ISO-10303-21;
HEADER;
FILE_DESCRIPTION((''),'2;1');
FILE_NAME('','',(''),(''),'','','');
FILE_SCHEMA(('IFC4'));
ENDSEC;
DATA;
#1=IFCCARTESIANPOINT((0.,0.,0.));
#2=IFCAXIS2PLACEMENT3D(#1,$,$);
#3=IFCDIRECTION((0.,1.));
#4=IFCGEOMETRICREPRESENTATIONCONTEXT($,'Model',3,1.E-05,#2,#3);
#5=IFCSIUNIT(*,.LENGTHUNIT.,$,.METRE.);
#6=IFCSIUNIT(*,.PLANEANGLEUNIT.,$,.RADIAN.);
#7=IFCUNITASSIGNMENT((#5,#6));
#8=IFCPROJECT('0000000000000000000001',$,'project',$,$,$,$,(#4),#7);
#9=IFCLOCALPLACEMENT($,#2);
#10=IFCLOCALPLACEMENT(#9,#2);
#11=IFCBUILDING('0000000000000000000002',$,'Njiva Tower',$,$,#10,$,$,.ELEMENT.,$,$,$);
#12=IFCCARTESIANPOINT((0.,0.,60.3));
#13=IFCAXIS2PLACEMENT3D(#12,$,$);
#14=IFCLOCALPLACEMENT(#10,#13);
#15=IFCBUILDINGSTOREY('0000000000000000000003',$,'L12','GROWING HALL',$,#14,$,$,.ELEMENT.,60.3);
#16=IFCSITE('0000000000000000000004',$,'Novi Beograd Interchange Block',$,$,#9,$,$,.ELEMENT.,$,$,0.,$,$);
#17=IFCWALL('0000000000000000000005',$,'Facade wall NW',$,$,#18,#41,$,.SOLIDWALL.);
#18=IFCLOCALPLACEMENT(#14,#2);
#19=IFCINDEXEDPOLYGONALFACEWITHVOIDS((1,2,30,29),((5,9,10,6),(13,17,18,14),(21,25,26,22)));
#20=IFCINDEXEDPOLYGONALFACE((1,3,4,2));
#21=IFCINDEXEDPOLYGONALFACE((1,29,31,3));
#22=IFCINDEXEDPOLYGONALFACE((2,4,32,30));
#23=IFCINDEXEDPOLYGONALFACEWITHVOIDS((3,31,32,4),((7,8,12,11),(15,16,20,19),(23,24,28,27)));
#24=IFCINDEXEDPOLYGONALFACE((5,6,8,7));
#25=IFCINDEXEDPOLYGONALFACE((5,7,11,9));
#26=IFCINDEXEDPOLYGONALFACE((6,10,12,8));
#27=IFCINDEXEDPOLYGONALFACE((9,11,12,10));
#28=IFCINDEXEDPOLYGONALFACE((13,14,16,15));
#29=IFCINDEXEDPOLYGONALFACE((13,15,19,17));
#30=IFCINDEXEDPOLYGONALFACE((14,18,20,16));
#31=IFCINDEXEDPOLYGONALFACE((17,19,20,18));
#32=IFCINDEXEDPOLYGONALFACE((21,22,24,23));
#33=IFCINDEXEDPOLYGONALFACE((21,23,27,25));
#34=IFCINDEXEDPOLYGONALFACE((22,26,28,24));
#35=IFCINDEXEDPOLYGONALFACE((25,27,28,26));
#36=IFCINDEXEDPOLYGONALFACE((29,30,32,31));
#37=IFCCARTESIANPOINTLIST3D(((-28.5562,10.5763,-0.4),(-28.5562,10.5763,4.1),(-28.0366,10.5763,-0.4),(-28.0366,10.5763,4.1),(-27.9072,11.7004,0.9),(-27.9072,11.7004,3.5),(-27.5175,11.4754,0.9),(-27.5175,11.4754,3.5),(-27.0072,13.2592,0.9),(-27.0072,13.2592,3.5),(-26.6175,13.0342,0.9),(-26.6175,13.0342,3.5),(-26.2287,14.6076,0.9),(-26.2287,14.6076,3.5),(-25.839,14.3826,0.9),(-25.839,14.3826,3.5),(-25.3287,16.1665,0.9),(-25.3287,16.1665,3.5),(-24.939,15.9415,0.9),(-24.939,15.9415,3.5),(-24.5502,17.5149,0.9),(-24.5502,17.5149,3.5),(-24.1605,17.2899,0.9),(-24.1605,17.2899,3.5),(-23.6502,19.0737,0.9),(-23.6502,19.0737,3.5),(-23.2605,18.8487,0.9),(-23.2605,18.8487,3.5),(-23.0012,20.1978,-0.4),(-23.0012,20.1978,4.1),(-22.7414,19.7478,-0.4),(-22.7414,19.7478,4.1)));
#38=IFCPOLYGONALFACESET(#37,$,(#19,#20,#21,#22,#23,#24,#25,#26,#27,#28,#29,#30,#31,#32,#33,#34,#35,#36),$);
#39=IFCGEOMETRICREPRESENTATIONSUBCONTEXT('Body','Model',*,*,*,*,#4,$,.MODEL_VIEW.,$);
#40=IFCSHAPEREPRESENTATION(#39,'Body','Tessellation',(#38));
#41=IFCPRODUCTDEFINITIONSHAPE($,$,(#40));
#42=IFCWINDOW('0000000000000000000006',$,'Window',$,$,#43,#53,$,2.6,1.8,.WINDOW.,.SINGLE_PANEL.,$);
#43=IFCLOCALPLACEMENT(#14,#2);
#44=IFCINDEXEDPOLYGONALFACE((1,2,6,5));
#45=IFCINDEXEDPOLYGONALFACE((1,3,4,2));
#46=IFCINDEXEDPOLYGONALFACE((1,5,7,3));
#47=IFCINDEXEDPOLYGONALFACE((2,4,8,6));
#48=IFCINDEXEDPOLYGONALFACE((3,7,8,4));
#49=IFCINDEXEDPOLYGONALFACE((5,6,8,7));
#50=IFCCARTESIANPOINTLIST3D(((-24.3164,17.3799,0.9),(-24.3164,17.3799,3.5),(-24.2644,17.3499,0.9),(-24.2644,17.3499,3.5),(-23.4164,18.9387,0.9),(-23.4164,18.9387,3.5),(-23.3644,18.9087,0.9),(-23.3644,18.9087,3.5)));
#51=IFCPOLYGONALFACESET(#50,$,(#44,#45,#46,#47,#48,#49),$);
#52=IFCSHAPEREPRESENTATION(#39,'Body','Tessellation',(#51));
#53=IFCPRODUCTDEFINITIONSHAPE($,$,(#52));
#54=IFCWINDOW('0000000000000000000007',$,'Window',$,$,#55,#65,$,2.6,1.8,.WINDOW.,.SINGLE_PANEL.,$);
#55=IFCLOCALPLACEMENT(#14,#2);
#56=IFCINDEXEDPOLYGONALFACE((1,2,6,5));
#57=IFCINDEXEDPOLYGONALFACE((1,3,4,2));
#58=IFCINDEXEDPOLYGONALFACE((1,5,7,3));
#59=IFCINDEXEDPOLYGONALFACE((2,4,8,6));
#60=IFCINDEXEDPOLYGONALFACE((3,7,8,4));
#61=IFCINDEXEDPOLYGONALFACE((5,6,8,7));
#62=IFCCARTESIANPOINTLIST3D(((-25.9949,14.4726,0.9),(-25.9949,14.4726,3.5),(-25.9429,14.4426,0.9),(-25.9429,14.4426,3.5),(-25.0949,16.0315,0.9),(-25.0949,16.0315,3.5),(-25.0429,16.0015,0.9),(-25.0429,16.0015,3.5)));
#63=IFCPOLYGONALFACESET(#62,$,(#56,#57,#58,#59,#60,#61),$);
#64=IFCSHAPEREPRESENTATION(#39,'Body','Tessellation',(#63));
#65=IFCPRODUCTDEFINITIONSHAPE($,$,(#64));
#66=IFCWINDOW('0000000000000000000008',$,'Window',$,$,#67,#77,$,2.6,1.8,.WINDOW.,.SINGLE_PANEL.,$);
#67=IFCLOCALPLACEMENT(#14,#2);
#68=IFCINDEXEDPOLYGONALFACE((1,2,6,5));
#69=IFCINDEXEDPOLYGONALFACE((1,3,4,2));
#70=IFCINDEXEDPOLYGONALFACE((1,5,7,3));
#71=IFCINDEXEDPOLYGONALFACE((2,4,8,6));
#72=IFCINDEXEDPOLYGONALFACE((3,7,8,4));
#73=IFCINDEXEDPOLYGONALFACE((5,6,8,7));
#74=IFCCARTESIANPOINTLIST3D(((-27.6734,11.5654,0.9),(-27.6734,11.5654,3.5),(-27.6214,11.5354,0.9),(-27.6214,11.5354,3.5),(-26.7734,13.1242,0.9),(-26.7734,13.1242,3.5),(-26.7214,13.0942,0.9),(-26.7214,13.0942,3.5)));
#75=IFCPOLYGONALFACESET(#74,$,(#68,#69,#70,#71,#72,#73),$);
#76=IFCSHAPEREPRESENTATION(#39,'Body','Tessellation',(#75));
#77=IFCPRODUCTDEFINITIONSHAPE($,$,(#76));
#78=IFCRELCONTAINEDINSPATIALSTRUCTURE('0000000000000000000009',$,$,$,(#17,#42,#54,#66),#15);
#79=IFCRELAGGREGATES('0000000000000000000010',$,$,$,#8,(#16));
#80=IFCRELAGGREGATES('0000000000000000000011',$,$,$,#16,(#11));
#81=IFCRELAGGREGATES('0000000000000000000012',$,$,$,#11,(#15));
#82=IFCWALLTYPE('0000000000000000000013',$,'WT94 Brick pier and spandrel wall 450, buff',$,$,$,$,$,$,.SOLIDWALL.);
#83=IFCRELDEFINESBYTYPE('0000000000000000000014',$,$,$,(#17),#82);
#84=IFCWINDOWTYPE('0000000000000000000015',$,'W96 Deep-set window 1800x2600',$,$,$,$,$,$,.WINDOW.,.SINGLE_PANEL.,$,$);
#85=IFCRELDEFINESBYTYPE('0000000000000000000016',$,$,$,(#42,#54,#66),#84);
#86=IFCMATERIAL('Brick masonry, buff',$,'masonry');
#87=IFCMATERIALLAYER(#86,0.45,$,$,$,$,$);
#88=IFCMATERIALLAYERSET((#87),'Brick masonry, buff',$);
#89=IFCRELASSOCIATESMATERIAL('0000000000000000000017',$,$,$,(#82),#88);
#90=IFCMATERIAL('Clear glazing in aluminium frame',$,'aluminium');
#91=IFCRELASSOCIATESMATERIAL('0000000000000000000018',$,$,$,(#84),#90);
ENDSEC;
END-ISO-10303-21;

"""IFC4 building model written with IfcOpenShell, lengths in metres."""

from ifc_helpers import new_model, si_unit, direction, frame, frame_2d, origin, place, context, subcontext, project, spatial, polyline, rectangle, outline, extrude, material, layer, layer_set, type_object, element, fill, save


model = new_model("IFC4")

# Units and contexts
model_context = context("Model", 3, precision=1e-05, world=origin(), true_north=direction((0.0, 1.0)))
body_context = subcontext(model_context, "Body", "Model", "MODEL_VIEW")
ifc_project = project(units=[si_unit("LENGTHUNIT", "METRE"), si_unit("PLANEANGLEUNIT", "RADIAN")], contexts=[model_context])

# Site, building, storey
site_placement = place(None, origin())
site = spatial("IfcSite", under=ifc_project, at=site_placement, Name="Novi Beograd Interchange Block", CompositionType="ELEMENT", RefElevation=0.0)
building_placement = place(site_placement, origin())
building = spatial("IfcBuilding", under=site, at=building_placement, Name="Njiva Tower", CompositionType="ELEMENT")
storey_placement = place(building_placement, frame((0.0, 0.0, 60.3)))
storey = spatial("IfcBuildingStorey", under=building, at=storey_placement, Name="L12", Description="GROWING HALL", CompositionType="ELEMENT", Elevation=60.3)

# Wall, openings, windows
ifc_material_1 = material(Name="Brick masonry, buff", Category="masonry")
ifc_layer_1 = layer(ifc_material_1, 0.45)
ifc_layer_set_1 = layer_set([ifc_layer_1], Name="Brick masonry, buff")
wall_type_1 = type_object("IfcWallType", Name="WT94 Brick pier and spandrel wall 450, buff", PredefinedType="SOLIDWALL", material=ifc_layer_set_1)
wall_1_placement = place(storey_placement, frame((-22.8713, 19.9728, -0.4), z_axis=(0.0, 0.0, 1.0), x_axis=(-0.500002, -0.866024, 0.0)))
wall_1 = element("IfcWall", 1, at=wall_1_placement, inside=storey, type_object=wall_type_1, Name="Facade wall NW", PredefinedType="SOLIDWALL", context=body_context, shape_type="SweptSolid", body=[
    extrude(outline(polyline([(-0.1299, -0.225), (10.9801, -0.225), (10.7203, 0.225), (0.1299, 0.225), (-0.1299, -0.225)])), origin(), (0.0, 0.0, 1.0), 4.5),
])
opening_1_placement = place(wall_1_placement, frame((1.1681, 0.0, 1.3)))
opening_1 = element("IfcOpeningElement", 2, at=opening_1_placement, cuts=wall_1, PredefinedType="OPENING", context=body_context, shape_type="SweptSolid", body=[
    extrude(rectangle(XDim=1.8, YDim=2.6, at=frame_2d((0.9, 1.3))), frame((0.0, 0.235, 0.0), z_axis=(0.0, -1.0, 0.0), x_axis=(1.0, 0.0, 0.0)), (0.0, 0.0, 1.0), 0.47),
])
opening_2_placement = place(wall_1_placement, frame((4.5251, 0.0, 1.3)))
opening_2 = element("IfcOpeningElement", 3, at=opening_2_placement, cuts=wall_1, PredefinedType="OPENING", context=body_context, shape_type="SweptSolid", body=[
    extrude(rectangle(XDim=1.8, YDim=2.6, at=frame_2d((0.9, 1.3))), frame((0.0, 0.235, 0.0), z_axis=(0.0, -1.0, 0.0), x_axis=(1.0, 0.0, 0.0)), (0.0, 0.0, 1.0), 0.47),
])
opening_3_placement = place(wall_1_placement, frame((7.8821, 0.0, 1.3)))
opening_3 = element("IfcOpeningElement", 4, at=opening_3_placement, cuts=wall_1, PredefinedType="OPENING", context=body_context, shape_type="SweptSolid", body=[
    extrude(rectangle(XDim=1.8, YDim=2.6, at=frame_2d((0.9, 1.3))), frame((0.0, 0.235, 0.0), z_axis=(0.0, -1.0, 0.0), x_axis=(1.0, 0.0, 0.0)), (0.0, 0.0, 1.0), 0.47),
])
ifc_material_2 = material(Name="Clear glazing in aluminium frame", Category="aluminium")
window_type = type_object("IfcWindowType", Name="W96 Deep-set window 1800x2600", PartitioningType="SINGLE_PANEL", PredefinedType="WINDOW", material=ifc_material_2)
window_1_placement = place(opening_1_placement, origin())
window_1 = element("IfcWindow", 5, at=window_1_placement, inside=storey, type_object=window_type, Name="Window", OverallHeight=2.6, OverallWidth=1.8, PartitioningType="SINGLE_PANEL", PredefinedType="WINDOW", context=body_context, shape_type="SweptSolid", body=[
    extrude(rectangle(XDim=1.8, YDim=2.6, at=frame_2d((0.9, 1.3))), frame((0.0, 0.105, 0.0), z_axis=(0.0, -1.0, 0.0), x_axis=(1.0, 0.0, 0.0)), (0.0, 0.0, 1.0), 0.06),
])
fill(opening_1, window_1)
window_2_placement = place(opening_2_placement, origin())
window_2 = element("IfcWindow", 6, at=window_2_placement, inside=storey, type_object=window_type, Name="Window", OverallHeight=2.6, OverallWidth=1.8, PartitioningType="SINGLE_PANEL", PredefinedType="WINDOW", context=body_context, shape_type="SweptSolid", body=[
    extrude(rectangle(XDim=1.8, YDim=2.6, at=frame_2d((0.9, 1.3))), frame((0.0, 0.105, 0.0), z_axis=(0.0, -1.0, 0.0), x_axis=(1.0, 0.0, 0.0)), (0.0, 0.0, 1.0), 0.06),
])
fill(opening_2, window_2)
window_3_placement = place(opening_3_placement, origin())
window_3 = element("IfcWindow", 7, at=window_3_placement, inside=storey, type_object=window_type, Name="Window", OverallHeight=2.6, OverallWidth=1.8, PartitioningType="SINGLE_PANEL", PredefinedType="WINDOW", context=body_context, shape_type="SweptSolid", body=[
    extrude(rectangle(XDim=1.8, YDim=2.6, at=frame_2d((0.9, 1.3))), frame((0.0, 0.105, 0.0), z_axis=(0.0, -1.0, 0.0), x_axis=(1.0, 0.0, 0.0)), (0.0, 0.0, 1.0), 0.06),
])
fill(opening_3, window_3)

save(model, "model.ifc")
